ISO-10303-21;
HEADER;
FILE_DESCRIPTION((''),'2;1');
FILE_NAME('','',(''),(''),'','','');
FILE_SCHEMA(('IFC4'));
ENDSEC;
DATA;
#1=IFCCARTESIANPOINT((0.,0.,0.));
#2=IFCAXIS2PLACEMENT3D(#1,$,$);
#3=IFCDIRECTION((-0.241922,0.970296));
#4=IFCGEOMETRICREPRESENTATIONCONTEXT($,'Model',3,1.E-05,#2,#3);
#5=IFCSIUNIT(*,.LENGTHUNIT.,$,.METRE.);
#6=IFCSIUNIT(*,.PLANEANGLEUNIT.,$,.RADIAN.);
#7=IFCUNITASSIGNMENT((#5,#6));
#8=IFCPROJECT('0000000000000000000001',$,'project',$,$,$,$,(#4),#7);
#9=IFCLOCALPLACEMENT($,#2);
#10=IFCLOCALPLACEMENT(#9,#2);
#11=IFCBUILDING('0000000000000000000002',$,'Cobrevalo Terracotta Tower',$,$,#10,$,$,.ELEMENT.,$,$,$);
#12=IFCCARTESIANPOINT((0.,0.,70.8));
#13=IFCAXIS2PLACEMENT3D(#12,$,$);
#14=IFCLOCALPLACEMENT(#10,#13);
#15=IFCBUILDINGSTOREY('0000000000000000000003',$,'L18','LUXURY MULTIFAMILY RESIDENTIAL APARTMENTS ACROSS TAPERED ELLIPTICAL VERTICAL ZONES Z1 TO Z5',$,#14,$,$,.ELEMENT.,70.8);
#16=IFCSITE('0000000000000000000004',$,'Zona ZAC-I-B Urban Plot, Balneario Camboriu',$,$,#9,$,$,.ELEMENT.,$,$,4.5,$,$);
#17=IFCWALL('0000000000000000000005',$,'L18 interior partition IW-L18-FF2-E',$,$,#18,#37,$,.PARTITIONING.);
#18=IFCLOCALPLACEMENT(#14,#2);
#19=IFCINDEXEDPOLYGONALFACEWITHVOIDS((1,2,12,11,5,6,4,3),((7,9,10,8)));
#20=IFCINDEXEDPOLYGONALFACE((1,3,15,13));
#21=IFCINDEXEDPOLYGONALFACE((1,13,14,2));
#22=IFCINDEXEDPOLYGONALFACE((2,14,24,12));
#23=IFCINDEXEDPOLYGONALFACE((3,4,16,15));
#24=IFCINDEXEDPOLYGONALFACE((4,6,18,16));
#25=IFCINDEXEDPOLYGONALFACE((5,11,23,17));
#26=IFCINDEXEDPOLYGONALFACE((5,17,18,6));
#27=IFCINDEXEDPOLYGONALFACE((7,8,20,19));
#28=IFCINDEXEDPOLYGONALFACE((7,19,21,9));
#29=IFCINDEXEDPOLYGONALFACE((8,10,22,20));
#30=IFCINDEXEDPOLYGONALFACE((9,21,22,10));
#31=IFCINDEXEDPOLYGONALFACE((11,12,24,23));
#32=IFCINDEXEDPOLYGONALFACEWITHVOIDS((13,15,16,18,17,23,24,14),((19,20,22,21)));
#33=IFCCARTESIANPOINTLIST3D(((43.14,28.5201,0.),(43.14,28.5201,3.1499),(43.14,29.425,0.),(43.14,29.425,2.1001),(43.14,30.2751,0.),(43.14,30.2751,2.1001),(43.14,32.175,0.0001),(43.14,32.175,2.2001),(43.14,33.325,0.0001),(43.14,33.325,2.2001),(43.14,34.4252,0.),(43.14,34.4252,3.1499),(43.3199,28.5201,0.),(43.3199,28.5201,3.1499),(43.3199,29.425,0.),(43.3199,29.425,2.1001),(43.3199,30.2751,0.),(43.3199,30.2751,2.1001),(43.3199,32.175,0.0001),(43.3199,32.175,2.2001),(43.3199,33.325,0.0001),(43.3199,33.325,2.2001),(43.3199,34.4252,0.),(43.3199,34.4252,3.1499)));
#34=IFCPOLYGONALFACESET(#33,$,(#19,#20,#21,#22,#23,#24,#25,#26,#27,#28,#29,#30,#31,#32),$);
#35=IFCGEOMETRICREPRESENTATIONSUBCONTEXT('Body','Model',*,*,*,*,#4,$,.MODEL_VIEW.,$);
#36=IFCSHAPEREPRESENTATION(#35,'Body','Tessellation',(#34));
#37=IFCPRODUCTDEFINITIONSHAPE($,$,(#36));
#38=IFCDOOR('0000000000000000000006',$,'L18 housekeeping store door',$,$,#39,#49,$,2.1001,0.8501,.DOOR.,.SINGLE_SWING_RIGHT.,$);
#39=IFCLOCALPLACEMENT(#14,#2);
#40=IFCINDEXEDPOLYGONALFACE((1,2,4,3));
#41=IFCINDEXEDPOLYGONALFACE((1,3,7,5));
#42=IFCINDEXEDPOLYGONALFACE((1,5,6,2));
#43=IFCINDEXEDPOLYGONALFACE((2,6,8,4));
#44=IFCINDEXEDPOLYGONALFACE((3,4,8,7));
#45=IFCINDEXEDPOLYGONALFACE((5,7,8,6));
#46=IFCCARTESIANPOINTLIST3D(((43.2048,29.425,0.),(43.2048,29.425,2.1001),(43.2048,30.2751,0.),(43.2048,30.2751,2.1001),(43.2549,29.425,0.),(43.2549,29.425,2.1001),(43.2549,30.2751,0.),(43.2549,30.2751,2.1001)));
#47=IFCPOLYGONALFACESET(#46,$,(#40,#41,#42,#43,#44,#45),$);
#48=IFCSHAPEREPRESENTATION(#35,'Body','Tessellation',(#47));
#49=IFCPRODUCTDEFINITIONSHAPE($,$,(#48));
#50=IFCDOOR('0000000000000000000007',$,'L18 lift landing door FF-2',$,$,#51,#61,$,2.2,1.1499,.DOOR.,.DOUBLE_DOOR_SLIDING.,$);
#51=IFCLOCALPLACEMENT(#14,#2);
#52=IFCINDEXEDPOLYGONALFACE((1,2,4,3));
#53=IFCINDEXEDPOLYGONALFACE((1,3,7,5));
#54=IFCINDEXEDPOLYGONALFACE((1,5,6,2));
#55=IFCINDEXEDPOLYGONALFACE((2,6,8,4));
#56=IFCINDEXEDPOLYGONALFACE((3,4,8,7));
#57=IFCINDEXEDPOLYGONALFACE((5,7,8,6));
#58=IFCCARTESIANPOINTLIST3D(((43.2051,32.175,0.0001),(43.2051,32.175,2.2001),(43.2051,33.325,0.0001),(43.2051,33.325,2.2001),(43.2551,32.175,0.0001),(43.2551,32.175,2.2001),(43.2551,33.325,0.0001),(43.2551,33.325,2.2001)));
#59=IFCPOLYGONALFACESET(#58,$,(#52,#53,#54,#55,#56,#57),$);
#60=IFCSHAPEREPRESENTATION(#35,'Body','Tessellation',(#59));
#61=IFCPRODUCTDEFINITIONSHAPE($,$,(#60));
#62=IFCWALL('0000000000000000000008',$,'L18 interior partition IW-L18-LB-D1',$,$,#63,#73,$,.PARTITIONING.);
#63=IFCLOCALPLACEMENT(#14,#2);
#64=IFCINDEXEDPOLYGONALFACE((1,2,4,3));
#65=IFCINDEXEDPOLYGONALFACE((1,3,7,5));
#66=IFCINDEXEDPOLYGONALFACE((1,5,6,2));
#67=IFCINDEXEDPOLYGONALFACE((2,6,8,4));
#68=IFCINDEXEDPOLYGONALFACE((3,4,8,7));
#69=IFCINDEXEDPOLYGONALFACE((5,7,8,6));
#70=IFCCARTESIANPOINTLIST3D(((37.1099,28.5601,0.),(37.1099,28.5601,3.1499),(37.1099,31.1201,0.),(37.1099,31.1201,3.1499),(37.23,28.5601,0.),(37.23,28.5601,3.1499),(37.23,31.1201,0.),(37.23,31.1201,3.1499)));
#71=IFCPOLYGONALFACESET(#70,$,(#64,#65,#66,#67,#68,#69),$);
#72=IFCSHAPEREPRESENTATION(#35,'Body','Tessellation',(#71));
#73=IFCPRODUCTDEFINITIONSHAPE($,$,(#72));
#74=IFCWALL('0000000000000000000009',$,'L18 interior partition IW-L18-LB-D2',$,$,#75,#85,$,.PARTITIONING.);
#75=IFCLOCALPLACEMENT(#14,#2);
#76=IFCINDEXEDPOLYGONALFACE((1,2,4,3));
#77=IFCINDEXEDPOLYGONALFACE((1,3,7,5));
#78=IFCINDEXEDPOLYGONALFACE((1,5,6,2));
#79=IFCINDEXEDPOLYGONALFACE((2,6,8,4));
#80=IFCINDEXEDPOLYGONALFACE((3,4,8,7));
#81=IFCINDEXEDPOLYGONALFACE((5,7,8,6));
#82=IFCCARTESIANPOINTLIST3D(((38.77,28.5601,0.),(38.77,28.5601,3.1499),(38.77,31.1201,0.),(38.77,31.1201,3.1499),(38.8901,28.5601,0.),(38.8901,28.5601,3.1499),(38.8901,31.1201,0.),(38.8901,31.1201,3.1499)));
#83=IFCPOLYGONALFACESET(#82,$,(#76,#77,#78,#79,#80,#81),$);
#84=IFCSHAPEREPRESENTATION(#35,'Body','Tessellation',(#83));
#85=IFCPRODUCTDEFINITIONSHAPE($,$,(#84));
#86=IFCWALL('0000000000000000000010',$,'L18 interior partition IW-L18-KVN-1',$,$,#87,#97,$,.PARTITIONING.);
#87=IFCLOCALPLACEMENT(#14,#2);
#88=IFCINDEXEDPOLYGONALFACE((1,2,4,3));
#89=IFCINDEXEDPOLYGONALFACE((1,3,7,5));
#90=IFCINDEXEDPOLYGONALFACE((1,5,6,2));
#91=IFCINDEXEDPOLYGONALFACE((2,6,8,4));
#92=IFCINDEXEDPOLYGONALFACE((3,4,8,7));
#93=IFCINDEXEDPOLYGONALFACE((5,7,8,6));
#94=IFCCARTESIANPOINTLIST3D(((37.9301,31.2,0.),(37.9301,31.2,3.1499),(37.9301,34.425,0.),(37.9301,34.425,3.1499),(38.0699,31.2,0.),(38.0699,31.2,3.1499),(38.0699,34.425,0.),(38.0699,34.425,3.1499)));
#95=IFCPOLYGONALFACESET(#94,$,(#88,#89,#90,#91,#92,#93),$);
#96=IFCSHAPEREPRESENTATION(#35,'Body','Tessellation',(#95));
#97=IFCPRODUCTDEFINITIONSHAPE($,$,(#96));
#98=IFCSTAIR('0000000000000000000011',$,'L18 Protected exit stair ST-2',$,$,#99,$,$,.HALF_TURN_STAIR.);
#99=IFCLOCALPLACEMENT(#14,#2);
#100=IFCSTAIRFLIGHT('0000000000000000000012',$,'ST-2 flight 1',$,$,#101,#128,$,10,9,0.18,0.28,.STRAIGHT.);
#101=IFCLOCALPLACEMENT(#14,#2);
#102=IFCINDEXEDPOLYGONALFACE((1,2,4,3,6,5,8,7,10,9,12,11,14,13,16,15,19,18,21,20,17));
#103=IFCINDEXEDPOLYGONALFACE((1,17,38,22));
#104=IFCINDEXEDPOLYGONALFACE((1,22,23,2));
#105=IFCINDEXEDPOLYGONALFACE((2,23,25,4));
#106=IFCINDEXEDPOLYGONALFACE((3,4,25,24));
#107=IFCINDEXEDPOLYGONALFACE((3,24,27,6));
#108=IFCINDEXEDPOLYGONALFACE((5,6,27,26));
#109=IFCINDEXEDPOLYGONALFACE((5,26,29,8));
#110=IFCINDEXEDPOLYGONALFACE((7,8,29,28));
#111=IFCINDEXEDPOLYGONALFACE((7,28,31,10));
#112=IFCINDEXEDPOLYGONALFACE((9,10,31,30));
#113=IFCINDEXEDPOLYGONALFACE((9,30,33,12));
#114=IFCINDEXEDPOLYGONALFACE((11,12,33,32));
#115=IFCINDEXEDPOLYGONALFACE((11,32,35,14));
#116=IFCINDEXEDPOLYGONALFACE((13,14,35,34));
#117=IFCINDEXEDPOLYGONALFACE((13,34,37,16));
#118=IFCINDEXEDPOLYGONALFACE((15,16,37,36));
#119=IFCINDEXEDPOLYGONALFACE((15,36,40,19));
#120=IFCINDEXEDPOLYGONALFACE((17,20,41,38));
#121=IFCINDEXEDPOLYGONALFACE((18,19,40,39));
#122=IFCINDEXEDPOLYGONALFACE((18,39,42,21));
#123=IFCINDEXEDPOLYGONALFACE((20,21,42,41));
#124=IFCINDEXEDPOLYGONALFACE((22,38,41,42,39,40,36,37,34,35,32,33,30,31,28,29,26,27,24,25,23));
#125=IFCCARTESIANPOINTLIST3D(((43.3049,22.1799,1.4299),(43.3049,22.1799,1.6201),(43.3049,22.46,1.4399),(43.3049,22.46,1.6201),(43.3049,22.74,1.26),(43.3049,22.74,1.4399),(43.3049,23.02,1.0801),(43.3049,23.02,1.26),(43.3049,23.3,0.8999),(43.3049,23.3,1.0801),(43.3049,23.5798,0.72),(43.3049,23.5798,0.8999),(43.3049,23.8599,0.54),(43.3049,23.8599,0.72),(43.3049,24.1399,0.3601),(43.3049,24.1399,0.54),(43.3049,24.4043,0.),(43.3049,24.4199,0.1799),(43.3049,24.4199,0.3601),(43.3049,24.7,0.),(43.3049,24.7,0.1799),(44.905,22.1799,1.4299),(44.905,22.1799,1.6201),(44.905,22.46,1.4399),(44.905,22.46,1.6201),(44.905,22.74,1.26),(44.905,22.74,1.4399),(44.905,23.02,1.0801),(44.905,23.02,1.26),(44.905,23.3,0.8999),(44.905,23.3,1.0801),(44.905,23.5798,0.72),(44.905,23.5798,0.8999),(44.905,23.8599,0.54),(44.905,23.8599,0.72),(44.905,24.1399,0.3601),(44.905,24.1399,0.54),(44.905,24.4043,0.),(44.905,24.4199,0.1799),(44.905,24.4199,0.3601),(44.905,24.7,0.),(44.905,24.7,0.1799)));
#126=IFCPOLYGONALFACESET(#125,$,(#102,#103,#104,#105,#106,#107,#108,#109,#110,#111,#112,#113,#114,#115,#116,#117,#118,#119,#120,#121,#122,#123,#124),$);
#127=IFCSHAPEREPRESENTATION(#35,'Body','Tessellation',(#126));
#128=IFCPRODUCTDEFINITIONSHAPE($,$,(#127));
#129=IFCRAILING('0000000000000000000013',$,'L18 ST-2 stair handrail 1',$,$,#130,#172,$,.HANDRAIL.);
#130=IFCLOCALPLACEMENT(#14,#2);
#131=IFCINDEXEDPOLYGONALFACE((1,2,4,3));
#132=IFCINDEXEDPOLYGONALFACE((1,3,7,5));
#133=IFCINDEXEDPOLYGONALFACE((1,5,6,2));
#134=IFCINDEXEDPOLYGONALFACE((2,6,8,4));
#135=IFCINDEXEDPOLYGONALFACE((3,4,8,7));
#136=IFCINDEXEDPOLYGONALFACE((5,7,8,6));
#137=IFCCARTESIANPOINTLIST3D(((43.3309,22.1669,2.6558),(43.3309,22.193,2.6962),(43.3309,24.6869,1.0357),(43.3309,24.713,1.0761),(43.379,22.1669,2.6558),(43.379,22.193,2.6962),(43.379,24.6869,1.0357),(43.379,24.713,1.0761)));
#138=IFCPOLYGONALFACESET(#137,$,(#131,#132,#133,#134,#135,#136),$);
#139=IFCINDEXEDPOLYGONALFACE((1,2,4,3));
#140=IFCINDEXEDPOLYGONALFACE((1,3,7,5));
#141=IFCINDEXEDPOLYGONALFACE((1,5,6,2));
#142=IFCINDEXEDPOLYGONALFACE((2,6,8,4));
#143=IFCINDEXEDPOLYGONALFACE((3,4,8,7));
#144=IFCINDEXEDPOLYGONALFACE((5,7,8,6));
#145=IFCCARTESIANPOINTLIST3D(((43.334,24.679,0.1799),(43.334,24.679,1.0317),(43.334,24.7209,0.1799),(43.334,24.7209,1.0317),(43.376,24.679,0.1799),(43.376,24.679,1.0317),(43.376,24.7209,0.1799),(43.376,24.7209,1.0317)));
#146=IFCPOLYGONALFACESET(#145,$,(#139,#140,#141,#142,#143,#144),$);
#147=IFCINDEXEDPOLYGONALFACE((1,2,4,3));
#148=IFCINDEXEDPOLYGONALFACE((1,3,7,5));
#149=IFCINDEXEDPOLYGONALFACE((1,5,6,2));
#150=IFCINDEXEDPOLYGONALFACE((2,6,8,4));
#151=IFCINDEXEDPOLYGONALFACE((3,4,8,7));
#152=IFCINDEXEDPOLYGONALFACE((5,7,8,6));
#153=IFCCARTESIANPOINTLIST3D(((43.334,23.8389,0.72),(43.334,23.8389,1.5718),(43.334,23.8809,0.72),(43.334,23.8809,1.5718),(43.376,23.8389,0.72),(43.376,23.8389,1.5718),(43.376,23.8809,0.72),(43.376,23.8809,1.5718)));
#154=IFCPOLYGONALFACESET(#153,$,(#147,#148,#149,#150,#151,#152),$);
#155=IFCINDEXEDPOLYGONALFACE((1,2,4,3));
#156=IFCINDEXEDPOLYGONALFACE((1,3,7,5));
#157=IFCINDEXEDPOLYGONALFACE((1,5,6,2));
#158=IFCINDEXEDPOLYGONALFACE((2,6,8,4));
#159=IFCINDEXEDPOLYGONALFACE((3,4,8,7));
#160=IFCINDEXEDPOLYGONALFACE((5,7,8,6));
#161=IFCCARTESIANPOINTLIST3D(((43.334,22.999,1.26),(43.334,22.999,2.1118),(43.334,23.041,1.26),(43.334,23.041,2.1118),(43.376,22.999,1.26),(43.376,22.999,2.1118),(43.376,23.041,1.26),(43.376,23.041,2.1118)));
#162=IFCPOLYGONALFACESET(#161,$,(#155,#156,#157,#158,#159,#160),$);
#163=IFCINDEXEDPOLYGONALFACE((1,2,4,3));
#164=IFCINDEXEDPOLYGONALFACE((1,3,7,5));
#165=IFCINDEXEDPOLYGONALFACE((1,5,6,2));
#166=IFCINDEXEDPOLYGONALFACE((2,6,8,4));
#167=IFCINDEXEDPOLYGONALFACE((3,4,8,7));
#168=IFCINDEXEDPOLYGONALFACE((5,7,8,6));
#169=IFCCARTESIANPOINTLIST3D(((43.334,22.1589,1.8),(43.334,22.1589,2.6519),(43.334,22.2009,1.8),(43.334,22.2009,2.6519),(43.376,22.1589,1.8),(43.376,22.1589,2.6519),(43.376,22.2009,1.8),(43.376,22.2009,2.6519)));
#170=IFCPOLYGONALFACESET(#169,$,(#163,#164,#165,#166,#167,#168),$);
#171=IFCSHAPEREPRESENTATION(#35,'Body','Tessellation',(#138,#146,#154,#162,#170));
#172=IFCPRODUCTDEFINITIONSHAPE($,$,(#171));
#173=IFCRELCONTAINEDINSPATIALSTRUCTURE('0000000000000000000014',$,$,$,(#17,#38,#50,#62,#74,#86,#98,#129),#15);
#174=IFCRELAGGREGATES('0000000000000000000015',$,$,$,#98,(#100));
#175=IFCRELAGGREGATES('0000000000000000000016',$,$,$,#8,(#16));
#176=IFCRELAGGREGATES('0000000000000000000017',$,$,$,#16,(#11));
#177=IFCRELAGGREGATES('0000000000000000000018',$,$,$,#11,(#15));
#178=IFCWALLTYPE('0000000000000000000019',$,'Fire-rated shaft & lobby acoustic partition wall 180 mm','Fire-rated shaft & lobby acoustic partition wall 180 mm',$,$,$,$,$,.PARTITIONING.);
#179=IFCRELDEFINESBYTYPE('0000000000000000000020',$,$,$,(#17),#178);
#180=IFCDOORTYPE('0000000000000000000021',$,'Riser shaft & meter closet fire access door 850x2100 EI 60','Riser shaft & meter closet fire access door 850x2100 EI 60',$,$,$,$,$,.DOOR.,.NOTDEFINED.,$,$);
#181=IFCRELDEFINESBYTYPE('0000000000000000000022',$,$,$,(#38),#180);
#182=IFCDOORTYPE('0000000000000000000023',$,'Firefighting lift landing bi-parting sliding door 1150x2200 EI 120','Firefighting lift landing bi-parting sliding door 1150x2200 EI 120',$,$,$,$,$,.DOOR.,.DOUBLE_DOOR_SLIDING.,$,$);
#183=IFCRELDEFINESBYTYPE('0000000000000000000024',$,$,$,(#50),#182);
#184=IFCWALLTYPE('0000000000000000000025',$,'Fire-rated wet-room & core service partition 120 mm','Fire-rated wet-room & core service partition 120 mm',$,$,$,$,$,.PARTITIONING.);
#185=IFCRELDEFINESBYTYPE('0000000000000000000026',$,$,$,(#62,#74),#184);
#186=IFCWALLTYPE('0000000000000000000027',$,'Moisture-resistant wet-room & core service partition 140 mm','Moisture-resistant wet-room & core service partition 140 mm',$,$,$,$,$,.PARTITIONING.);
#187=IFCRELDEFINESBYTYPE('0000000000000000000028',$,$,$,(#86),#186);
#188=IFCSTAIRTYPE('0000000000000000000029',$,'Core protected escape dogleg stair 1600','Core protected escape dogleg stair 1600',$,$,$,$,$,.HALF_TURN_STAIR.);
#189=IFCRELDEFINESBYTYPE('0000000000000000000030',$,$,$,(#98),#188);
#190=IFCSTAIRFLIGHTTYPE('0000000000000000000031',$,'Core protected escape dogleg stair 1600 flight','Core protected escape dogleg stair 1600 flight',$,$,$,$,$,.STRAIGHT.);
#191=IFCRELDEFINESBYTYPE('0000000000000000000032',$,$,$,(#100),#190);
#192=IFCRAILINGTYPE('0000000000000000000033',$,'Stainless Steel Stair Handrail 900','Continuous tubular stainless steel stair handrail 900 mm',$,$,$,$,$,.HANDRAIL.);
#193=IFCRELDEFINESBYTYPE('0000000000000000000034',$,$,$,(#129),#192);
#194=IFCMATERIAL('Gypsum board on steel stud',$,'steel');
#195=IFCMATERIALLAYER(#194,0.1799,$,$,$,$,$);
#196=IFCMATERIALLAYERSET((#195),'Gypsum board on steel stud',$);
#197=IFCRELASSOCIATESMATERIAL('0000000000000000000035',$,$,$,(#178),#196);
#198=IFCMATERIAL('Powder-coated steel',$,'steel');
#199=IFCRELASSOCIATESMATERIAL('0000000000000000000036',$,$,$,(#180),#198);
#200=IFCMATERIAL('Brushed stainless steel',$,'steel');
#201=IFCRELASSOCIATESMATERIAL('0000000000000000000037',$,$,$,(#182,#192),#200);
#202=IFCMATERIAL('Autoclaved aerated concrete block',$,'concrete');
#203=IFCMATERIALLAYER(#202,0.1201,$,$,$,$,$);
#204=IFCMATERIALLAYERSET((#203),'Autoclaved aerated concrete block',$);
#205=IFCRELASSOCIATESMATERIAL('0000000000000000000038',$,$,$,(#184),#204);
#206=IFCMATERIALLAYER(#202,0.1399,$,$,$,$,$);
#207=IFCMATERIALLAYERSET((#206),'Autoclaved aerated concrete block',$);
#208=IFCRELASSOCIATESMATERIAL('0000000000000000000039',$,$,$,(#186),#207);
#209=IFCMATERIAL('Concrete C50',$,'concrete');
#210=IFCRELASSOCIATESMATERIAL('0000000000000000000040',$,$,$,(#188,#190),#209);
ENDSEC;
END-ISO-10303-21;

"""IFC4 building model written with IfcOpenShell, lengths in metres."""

from ifc_helpers import new_model, si_unit, direction, frame, frame_2d, origin, origin_2d, place, context, subcontext, project, spatial, polyline, rectangle, outline, extrude, source, transform, mapped, material, layer, layer_set, type_object, element, fill, aggregate, save


model = new_model("IFC4")

# Units and contexts
model_context = context("Model", 3, precision=1e-05, world=origin(), true_north=direction((-0.241922, 0.970296)))
body_context = subcontext(model_context, "Body", "Model", "MODEL_VIEW")
ifc_project = project(units=[si_unit("LENGTHUNIT", "METRE"), si_unit("PLANEANGLEUNIT", "RADIAN")], contexts=[model_context])

# Site, building, storey
site_placement = place(None, origin())
site = spatial("IfcSite", under=ifc_project, at=site_placement, Name="Zona ZAC-I-B Urban Plot, Balneario Camboriu", CompositionType="ELEMENT", RefElevation=4.5)
building_placement = place(site_placement, origin())
building = spatial("IfcBuilding", under=site, at=building_placement, Name="Cobrevalo Terracotta Tower", CompositionType="ELEMENT")
storey_placement = place(building_placement, frame((0.0, 0.0, 70.8)))
storey = spatial("IfcBuildingStorey", under=building, at=storey_placement, Name="L18", Description="LUXURY MULTIFAMILY RESIDENTIAL APARTMENTS ACROSS TAPERED ELLIPTICAL VERTICAL ZONES Z1 TO Z5", CompositionType="ELEMENT", Elevation=70.8)

# Shared definitions
ifc_material_1 = material(Name="Gypsum board on steel stud", Category="steel")

# Shared definitions
ifc_material_2 = material(Name="Brushed stainless steel", Category="steel")

# Shared definitions
ifc_layer_1 = layer(ifc_material_1, 0.1799)
ifc_layer_set_1 = layer_set([ifc_layer_1], Name="Gypsum board on steel stud")
wall_type_1 = type_object("IfcWallType", Name="Fire-rated shaft & lobby acoustic partition wall 180 mm", Description="Fire-rated shaft & lobby acoustic partition wall 180 mm", PredefinedType="PARTITIONING", material=ifc_layer_set_1)
ifc_material_3 = material(Name="Powder-coated steel", Category="steel")
door_type_1 = type_object("IfcDoorType", Name="Riser shaft & meter closet fire access door 850x2100 EI 60", Description="Riser shaft & meter closet fire access door 850x2100 EI 60", OperationType="NOTDEFINED", PredefinedType="DOOR", material=ifc_material_3)
shared_shape_1 = source(origin(), body_context, "Body", "SweptSolid", [
    extrude(rectangle(XDim=0.8501, YDim=2.1001, at=frame_2d((0.425, 1.05))), frame((0.0, 0.0249, 0.0), z_axis=(0.0, -1.0, 0.0), x_axis=(1.0, 0.0, 0.0)), (0.0, 0.0, 1.0), 0.05),
])

# Wall, openings, doors
wall_1_placement = place(storey_placement, frame((43.23, 28.52, 0.0), z_axis=(0.0, 0.0, 1.0), x_axis=(0.0, 1.0, 0.0)))
wall_1 = element("IfcWall", 1, at=wall_1_placement, inside=storey, type_object=wall_type_1, Name="L18 interior partition IW-L18-FF2-E", PredefinedType="PARTITIONING", context=body_context, shape_type="SweptSolid", body=[
    extrude(rectangle(XDim=5.905, YDim=0.1799, at=frame_2d((2.9526, 0.0))), origin(), (0.0, 0.0, 1.0), 3.1499),
])
opening_1_placement = place(wall_1_placement, frame((0.905, 0.0, 0.0)))
opening_1 = element("IfcOpeningElement", 2, at=opening_1_placement, cuts=wall_1, PredefinedType="OPENING", context=body_context, shape_type="SweptSolid", body=[
    extrude(rectangle(XDim=0.8501, YDim=2.1001, at=frame_2d((0.425, 1.05))), frame((0.0, 0.1001, 0.0), z_axis=(0.0, -1.0, 0.0), x_axis=(1.0, 0.0, 0.0)), (0.0, 0.0, 1.0), 0.2),
])
opening_2_placement = place(wall_1_placement, frame((3.655, 0.0, 0.0)))
opening_2 = element("IfcOpeningElement", 3, at=opening_2_placement, cuts=wall_1, PredefinedType="OPENING", context=body_context, shape_type="SweptSolid", body=[
    extrude(rectangle(XDim=1.1499, YDim=2.2, at=frame_2d((0.575, 1.1001))), frame((0.0, 0.1001, 0.0), z_axis=(0.0, -1.0, 0.0), x_axis=(1.0, 0.0, 0.0)), (0.0, 0.0, 1.0), 0.2),
])
door_1_placement = place(opening_1_placement, frame((0.8501, 0.0, 0.0), z_axis=(0.0, 0.0, 1.0), x_axis=(-1.0, 0.0, 0.0)))
door_1 = element("IfcDoor", 4, at=door_1_placement, inside=storey, type_object=door_type_1, Name="L18 housekeeping store door", OperationType="SINGLE_SWING_RIGHT", OverallHeight=2.1001, OverallWidth=0.8501, PredefinedType="DOOR", context=body_context, shape_type="MappedRepresentation", body=[
    mapped(shared_shape_1, transform((0.0, 0.0, 0.0), scale=1.0)),
])
fill(opening_1, door_1)
door_type_2 = type_object("IfcDoorType", Name="Firefighting lift landing bi-parting sliding door 1150x2200 EI 120", Description="Firefighting lift landing bi-parting sliding door 1150x2200 EI 120", OperationType="DOUBLE_DOOR_SLIDING", PredefinedType="DOOR", material=ifc_material_2)
shared_shape_2 = source(origin(), body_context, "Body", "SweptSolid", [
    extrude(rectangle(XDim=1.1499, YDim=2.2, at=frame_2d((0.575, 1.1001))), frame((0.0, 0.0249, 0.0), z_axis=(0.0, -1.0, 0.0), x_axis=(1.0, 0.0, 0.0)), (0.0, 0.0, 1.0), 0.05),
])
door_2_placement = place(opening_2_placement, origin())
door_2 = element("IfcDoor", 5, at=door_2_placement, inside=storey, type_object=door_type_2, Name="L18 lift landing door FF-2", OperationType="DOUBLE_DOOR_SLIDING", OverallHeight=2.2, OverallWidth=1.1499, PredefinedType="DOOR", context=body_context, shape_type="MappedRepresentation", body=[
    mapped(shared_shape_2, transform((0.0, 0.0, 0.0), scale=1.0)),
])
fill(opening_2, door_2)

# Walls
ifc_material_4 = material(Name="Autoclaved aerated concrete block", Category="concrete")
ifc_layer_2 = layer(ifc_material_4, 0.1201)
ifc_layer_set_2 = layer_set([ifc_layer_2], Name="Autoclaved aerated concrete block")
wall_type_2 = type_object("IfcWallType", Name="Fire-rated wet-room & core service partition 120 mm", Description="Fire-rated wet-room & core service partition 120 mm", PredefinedType="PARTITIONING", material=ifc_layer_set_2)
for number, where, z_axis, x_axis, name in (
    (6, (37.1699, 28.5601, 0.0), (0.0, 0.0, 1.0), (0.0, 1.0, 0.0), "L18 interior partition IW-L18-LB-D1"),
    (7, (38.8301, 28.5601, 0.0), (0.0, 0.0, 1.0), (0.0, 1.0, 0.0), "L18 interior partition IW-L18-LB-D2"),
):
    element("IfcWall", number, at=place(storey_placement, frame(where, z_axis=z_axis, x_axis=x_axis)), inside=storey, type_object=wall_type_2, Name=name, PredefinedType="PARTITIONING", context=body_context, shape_type="SweptSolid", body=[
        extrude(rectangle(XDim=2.5601, YDim=0.1201, at=frame_2d((1.28, 0.0))), origin(), (0.0, 0.0, 1.0), 3.1499),
    ])
ifc_layer_3 = layer(ifc_material_4, 0.1399)
ifc_layer_set_3 = layer_set([ifc_layer_3], Name="Autoclaved aerated concrete block")
wall_type_3 = type_object("IfcWallType", Name="Moisture-resistant wet-room & core service partition 140 mm", Description="Moisture-resistant wet-room & core service partition 140 mm", PredefinedType="PARTITIONING", material=ifc_layer_set_3)
wall_2_placement = place(storey_placement, frame((38.0, 31.2, 0.0), z_axis=(0.0, 0.0, 1.0), x_axis=(0.0, 1.0, 0.0)))
element("IfcWall", 8, at=wall_2_placement, inside=storey, type_object=wall_type_3, Name="L18 interior partition IW-L18-KVN-1", PredefinedType="PARTITIONING", context=body_context, shape_type="SweptSolid", body=[
    extrude(rectangle(XDim=3.2251, YDim=0.1399, at=frame_2d((1.6125, 0.0))), origin(), (0.0, 0.0, 1.0), 3.1499),
])

# Shared definitions
ifc_material_5 = material(Name="Concrete C50", Category="concrete")

# Stair, stair flight
stair_type = type_object("IfcStairType", Name="Core protected escape dogleg stair 1600", Description="Core protected escape dogleg stair 1600", PredefinedType="HALF_TURN_STAIR", material=ifc_material_5)
stair_placement = place(storey_placement, origin())
stair = element("IfcStair", 9, at=stair_placement, inside=storey, type_object=stair_type, Name="L18 Protected exit stair ST-2", PredefinedType="HALF_TURN_STAIR")
stair_flight_type = type_object("IfcStairFlightType", Name="Core protected escape dogleg stair 1600 flight", Description="Core protected escape dogleg stair 1600 flight", PredefinedType="STRAIGHT", material=ifc_material_5)
stair_flight_placement = place(storey_placement, frame((44.105, 24.7, 0.0), z_axis=(0.0, 0.0, 1.0), x_axis=(0.0, -1.0, 0.0)))
stair_flight = element("IfcStairFlight", 10, at=stair_flight_placement, type_object=stair_flight_type, Name="ST-2 flight 1", NumberOfRisers=10, NumberOfTreads=9, PredefinedType="STRAIGHT", RiserHeight=0.18, TreadLength=0.28, context=body_context, shape_type="SweptSolid", body=[
    extrude(outline(polyline([(0.0, 0.0), (0.0, 0.1799), (0.28, 0.1799), (0.28, 0.3601), (0.5601, 0.3601), (0.5601, 0.54), (0.8401, 0.54), (0.8401, 0.72), (1.1201, 0.72), (1.1201, 0.8999), (1.3999, 0.8999), (1.3999, 1.0801), (1.6799, 1.0801), (1.6799, 1.26), (1.96, 1.26), (1.96, 1.4399), (2.24, 1.4399), (2.24, 1.6201), (2.52, 1.6201), (2.52, 1.8), (2.52, 1.4299), (0.2957, 0.0), (0.0, 0.0)])), frame((0.0, 0.8, 0.0), z_axis=(0.0, -1.0, 0.0), x_axis=(1.0, 0.0, 0.0)), (0.0, 0.0, 1.0), 1.6001),
])
aggregate(stair, [stair_flight])

# Railing
railing_type_1 = type_object("IfcRailingType", Name="Stainless Steel Stair Handrail 900", Description="Continuous tubular stainless steel stair handrail 900 mm", PredefinedType="HANDRAIL", material=ifc_material_2)
railing_1_placement = place(storey_placement, frame((43.355, 24.7, 0.1799)))
element("IfcRailing", 11, at=railing_1_placement, inside=storey, type_object=railing_type_1, Name="L18 ST-2 stair handrail 1", PredefinedType="HANDRAIL", context=body_context, shape_type="SweptSolid", body=[
    extrude(rectangle(XDim=0.0481, YDim=0.0481, at=origin_2d()), frame((0.0, 0.0, 0.876), z_axis=(0.0, -0.841163, 0.540782), x_axis=(1.0, 0.0, 0.0)), (0.0, 0.0, 1.0), 2.9958),
    extrude(rectangle(XDim=0.042, YDim=0.042, at=origin_2d()), origin(), (0.0, 0.0, 1.0), 0.8518),
    extrude(rectangle(XDim=0.042, YDim=0.042, at=origin_2d()), frame((0.0, -0.8401, 0.54)), (0.0, 0.0, 1.0), 0.8518),
    extrude(rectangle(XDim=0.042, YDim=0.042, at=origin_2d()), frame((0.0, -1.6799, 1.0801)), (0.0, 0.0, 1.0), 0.8518),
    extrude(rectangle(XDim=0.042, YDim=0.042, at=origin_2d()), frame((0.0, -2.52, 1.6201)), (0.0, 0.0, 1.0), 0.8518),
])

save(model, "model.ifc")
